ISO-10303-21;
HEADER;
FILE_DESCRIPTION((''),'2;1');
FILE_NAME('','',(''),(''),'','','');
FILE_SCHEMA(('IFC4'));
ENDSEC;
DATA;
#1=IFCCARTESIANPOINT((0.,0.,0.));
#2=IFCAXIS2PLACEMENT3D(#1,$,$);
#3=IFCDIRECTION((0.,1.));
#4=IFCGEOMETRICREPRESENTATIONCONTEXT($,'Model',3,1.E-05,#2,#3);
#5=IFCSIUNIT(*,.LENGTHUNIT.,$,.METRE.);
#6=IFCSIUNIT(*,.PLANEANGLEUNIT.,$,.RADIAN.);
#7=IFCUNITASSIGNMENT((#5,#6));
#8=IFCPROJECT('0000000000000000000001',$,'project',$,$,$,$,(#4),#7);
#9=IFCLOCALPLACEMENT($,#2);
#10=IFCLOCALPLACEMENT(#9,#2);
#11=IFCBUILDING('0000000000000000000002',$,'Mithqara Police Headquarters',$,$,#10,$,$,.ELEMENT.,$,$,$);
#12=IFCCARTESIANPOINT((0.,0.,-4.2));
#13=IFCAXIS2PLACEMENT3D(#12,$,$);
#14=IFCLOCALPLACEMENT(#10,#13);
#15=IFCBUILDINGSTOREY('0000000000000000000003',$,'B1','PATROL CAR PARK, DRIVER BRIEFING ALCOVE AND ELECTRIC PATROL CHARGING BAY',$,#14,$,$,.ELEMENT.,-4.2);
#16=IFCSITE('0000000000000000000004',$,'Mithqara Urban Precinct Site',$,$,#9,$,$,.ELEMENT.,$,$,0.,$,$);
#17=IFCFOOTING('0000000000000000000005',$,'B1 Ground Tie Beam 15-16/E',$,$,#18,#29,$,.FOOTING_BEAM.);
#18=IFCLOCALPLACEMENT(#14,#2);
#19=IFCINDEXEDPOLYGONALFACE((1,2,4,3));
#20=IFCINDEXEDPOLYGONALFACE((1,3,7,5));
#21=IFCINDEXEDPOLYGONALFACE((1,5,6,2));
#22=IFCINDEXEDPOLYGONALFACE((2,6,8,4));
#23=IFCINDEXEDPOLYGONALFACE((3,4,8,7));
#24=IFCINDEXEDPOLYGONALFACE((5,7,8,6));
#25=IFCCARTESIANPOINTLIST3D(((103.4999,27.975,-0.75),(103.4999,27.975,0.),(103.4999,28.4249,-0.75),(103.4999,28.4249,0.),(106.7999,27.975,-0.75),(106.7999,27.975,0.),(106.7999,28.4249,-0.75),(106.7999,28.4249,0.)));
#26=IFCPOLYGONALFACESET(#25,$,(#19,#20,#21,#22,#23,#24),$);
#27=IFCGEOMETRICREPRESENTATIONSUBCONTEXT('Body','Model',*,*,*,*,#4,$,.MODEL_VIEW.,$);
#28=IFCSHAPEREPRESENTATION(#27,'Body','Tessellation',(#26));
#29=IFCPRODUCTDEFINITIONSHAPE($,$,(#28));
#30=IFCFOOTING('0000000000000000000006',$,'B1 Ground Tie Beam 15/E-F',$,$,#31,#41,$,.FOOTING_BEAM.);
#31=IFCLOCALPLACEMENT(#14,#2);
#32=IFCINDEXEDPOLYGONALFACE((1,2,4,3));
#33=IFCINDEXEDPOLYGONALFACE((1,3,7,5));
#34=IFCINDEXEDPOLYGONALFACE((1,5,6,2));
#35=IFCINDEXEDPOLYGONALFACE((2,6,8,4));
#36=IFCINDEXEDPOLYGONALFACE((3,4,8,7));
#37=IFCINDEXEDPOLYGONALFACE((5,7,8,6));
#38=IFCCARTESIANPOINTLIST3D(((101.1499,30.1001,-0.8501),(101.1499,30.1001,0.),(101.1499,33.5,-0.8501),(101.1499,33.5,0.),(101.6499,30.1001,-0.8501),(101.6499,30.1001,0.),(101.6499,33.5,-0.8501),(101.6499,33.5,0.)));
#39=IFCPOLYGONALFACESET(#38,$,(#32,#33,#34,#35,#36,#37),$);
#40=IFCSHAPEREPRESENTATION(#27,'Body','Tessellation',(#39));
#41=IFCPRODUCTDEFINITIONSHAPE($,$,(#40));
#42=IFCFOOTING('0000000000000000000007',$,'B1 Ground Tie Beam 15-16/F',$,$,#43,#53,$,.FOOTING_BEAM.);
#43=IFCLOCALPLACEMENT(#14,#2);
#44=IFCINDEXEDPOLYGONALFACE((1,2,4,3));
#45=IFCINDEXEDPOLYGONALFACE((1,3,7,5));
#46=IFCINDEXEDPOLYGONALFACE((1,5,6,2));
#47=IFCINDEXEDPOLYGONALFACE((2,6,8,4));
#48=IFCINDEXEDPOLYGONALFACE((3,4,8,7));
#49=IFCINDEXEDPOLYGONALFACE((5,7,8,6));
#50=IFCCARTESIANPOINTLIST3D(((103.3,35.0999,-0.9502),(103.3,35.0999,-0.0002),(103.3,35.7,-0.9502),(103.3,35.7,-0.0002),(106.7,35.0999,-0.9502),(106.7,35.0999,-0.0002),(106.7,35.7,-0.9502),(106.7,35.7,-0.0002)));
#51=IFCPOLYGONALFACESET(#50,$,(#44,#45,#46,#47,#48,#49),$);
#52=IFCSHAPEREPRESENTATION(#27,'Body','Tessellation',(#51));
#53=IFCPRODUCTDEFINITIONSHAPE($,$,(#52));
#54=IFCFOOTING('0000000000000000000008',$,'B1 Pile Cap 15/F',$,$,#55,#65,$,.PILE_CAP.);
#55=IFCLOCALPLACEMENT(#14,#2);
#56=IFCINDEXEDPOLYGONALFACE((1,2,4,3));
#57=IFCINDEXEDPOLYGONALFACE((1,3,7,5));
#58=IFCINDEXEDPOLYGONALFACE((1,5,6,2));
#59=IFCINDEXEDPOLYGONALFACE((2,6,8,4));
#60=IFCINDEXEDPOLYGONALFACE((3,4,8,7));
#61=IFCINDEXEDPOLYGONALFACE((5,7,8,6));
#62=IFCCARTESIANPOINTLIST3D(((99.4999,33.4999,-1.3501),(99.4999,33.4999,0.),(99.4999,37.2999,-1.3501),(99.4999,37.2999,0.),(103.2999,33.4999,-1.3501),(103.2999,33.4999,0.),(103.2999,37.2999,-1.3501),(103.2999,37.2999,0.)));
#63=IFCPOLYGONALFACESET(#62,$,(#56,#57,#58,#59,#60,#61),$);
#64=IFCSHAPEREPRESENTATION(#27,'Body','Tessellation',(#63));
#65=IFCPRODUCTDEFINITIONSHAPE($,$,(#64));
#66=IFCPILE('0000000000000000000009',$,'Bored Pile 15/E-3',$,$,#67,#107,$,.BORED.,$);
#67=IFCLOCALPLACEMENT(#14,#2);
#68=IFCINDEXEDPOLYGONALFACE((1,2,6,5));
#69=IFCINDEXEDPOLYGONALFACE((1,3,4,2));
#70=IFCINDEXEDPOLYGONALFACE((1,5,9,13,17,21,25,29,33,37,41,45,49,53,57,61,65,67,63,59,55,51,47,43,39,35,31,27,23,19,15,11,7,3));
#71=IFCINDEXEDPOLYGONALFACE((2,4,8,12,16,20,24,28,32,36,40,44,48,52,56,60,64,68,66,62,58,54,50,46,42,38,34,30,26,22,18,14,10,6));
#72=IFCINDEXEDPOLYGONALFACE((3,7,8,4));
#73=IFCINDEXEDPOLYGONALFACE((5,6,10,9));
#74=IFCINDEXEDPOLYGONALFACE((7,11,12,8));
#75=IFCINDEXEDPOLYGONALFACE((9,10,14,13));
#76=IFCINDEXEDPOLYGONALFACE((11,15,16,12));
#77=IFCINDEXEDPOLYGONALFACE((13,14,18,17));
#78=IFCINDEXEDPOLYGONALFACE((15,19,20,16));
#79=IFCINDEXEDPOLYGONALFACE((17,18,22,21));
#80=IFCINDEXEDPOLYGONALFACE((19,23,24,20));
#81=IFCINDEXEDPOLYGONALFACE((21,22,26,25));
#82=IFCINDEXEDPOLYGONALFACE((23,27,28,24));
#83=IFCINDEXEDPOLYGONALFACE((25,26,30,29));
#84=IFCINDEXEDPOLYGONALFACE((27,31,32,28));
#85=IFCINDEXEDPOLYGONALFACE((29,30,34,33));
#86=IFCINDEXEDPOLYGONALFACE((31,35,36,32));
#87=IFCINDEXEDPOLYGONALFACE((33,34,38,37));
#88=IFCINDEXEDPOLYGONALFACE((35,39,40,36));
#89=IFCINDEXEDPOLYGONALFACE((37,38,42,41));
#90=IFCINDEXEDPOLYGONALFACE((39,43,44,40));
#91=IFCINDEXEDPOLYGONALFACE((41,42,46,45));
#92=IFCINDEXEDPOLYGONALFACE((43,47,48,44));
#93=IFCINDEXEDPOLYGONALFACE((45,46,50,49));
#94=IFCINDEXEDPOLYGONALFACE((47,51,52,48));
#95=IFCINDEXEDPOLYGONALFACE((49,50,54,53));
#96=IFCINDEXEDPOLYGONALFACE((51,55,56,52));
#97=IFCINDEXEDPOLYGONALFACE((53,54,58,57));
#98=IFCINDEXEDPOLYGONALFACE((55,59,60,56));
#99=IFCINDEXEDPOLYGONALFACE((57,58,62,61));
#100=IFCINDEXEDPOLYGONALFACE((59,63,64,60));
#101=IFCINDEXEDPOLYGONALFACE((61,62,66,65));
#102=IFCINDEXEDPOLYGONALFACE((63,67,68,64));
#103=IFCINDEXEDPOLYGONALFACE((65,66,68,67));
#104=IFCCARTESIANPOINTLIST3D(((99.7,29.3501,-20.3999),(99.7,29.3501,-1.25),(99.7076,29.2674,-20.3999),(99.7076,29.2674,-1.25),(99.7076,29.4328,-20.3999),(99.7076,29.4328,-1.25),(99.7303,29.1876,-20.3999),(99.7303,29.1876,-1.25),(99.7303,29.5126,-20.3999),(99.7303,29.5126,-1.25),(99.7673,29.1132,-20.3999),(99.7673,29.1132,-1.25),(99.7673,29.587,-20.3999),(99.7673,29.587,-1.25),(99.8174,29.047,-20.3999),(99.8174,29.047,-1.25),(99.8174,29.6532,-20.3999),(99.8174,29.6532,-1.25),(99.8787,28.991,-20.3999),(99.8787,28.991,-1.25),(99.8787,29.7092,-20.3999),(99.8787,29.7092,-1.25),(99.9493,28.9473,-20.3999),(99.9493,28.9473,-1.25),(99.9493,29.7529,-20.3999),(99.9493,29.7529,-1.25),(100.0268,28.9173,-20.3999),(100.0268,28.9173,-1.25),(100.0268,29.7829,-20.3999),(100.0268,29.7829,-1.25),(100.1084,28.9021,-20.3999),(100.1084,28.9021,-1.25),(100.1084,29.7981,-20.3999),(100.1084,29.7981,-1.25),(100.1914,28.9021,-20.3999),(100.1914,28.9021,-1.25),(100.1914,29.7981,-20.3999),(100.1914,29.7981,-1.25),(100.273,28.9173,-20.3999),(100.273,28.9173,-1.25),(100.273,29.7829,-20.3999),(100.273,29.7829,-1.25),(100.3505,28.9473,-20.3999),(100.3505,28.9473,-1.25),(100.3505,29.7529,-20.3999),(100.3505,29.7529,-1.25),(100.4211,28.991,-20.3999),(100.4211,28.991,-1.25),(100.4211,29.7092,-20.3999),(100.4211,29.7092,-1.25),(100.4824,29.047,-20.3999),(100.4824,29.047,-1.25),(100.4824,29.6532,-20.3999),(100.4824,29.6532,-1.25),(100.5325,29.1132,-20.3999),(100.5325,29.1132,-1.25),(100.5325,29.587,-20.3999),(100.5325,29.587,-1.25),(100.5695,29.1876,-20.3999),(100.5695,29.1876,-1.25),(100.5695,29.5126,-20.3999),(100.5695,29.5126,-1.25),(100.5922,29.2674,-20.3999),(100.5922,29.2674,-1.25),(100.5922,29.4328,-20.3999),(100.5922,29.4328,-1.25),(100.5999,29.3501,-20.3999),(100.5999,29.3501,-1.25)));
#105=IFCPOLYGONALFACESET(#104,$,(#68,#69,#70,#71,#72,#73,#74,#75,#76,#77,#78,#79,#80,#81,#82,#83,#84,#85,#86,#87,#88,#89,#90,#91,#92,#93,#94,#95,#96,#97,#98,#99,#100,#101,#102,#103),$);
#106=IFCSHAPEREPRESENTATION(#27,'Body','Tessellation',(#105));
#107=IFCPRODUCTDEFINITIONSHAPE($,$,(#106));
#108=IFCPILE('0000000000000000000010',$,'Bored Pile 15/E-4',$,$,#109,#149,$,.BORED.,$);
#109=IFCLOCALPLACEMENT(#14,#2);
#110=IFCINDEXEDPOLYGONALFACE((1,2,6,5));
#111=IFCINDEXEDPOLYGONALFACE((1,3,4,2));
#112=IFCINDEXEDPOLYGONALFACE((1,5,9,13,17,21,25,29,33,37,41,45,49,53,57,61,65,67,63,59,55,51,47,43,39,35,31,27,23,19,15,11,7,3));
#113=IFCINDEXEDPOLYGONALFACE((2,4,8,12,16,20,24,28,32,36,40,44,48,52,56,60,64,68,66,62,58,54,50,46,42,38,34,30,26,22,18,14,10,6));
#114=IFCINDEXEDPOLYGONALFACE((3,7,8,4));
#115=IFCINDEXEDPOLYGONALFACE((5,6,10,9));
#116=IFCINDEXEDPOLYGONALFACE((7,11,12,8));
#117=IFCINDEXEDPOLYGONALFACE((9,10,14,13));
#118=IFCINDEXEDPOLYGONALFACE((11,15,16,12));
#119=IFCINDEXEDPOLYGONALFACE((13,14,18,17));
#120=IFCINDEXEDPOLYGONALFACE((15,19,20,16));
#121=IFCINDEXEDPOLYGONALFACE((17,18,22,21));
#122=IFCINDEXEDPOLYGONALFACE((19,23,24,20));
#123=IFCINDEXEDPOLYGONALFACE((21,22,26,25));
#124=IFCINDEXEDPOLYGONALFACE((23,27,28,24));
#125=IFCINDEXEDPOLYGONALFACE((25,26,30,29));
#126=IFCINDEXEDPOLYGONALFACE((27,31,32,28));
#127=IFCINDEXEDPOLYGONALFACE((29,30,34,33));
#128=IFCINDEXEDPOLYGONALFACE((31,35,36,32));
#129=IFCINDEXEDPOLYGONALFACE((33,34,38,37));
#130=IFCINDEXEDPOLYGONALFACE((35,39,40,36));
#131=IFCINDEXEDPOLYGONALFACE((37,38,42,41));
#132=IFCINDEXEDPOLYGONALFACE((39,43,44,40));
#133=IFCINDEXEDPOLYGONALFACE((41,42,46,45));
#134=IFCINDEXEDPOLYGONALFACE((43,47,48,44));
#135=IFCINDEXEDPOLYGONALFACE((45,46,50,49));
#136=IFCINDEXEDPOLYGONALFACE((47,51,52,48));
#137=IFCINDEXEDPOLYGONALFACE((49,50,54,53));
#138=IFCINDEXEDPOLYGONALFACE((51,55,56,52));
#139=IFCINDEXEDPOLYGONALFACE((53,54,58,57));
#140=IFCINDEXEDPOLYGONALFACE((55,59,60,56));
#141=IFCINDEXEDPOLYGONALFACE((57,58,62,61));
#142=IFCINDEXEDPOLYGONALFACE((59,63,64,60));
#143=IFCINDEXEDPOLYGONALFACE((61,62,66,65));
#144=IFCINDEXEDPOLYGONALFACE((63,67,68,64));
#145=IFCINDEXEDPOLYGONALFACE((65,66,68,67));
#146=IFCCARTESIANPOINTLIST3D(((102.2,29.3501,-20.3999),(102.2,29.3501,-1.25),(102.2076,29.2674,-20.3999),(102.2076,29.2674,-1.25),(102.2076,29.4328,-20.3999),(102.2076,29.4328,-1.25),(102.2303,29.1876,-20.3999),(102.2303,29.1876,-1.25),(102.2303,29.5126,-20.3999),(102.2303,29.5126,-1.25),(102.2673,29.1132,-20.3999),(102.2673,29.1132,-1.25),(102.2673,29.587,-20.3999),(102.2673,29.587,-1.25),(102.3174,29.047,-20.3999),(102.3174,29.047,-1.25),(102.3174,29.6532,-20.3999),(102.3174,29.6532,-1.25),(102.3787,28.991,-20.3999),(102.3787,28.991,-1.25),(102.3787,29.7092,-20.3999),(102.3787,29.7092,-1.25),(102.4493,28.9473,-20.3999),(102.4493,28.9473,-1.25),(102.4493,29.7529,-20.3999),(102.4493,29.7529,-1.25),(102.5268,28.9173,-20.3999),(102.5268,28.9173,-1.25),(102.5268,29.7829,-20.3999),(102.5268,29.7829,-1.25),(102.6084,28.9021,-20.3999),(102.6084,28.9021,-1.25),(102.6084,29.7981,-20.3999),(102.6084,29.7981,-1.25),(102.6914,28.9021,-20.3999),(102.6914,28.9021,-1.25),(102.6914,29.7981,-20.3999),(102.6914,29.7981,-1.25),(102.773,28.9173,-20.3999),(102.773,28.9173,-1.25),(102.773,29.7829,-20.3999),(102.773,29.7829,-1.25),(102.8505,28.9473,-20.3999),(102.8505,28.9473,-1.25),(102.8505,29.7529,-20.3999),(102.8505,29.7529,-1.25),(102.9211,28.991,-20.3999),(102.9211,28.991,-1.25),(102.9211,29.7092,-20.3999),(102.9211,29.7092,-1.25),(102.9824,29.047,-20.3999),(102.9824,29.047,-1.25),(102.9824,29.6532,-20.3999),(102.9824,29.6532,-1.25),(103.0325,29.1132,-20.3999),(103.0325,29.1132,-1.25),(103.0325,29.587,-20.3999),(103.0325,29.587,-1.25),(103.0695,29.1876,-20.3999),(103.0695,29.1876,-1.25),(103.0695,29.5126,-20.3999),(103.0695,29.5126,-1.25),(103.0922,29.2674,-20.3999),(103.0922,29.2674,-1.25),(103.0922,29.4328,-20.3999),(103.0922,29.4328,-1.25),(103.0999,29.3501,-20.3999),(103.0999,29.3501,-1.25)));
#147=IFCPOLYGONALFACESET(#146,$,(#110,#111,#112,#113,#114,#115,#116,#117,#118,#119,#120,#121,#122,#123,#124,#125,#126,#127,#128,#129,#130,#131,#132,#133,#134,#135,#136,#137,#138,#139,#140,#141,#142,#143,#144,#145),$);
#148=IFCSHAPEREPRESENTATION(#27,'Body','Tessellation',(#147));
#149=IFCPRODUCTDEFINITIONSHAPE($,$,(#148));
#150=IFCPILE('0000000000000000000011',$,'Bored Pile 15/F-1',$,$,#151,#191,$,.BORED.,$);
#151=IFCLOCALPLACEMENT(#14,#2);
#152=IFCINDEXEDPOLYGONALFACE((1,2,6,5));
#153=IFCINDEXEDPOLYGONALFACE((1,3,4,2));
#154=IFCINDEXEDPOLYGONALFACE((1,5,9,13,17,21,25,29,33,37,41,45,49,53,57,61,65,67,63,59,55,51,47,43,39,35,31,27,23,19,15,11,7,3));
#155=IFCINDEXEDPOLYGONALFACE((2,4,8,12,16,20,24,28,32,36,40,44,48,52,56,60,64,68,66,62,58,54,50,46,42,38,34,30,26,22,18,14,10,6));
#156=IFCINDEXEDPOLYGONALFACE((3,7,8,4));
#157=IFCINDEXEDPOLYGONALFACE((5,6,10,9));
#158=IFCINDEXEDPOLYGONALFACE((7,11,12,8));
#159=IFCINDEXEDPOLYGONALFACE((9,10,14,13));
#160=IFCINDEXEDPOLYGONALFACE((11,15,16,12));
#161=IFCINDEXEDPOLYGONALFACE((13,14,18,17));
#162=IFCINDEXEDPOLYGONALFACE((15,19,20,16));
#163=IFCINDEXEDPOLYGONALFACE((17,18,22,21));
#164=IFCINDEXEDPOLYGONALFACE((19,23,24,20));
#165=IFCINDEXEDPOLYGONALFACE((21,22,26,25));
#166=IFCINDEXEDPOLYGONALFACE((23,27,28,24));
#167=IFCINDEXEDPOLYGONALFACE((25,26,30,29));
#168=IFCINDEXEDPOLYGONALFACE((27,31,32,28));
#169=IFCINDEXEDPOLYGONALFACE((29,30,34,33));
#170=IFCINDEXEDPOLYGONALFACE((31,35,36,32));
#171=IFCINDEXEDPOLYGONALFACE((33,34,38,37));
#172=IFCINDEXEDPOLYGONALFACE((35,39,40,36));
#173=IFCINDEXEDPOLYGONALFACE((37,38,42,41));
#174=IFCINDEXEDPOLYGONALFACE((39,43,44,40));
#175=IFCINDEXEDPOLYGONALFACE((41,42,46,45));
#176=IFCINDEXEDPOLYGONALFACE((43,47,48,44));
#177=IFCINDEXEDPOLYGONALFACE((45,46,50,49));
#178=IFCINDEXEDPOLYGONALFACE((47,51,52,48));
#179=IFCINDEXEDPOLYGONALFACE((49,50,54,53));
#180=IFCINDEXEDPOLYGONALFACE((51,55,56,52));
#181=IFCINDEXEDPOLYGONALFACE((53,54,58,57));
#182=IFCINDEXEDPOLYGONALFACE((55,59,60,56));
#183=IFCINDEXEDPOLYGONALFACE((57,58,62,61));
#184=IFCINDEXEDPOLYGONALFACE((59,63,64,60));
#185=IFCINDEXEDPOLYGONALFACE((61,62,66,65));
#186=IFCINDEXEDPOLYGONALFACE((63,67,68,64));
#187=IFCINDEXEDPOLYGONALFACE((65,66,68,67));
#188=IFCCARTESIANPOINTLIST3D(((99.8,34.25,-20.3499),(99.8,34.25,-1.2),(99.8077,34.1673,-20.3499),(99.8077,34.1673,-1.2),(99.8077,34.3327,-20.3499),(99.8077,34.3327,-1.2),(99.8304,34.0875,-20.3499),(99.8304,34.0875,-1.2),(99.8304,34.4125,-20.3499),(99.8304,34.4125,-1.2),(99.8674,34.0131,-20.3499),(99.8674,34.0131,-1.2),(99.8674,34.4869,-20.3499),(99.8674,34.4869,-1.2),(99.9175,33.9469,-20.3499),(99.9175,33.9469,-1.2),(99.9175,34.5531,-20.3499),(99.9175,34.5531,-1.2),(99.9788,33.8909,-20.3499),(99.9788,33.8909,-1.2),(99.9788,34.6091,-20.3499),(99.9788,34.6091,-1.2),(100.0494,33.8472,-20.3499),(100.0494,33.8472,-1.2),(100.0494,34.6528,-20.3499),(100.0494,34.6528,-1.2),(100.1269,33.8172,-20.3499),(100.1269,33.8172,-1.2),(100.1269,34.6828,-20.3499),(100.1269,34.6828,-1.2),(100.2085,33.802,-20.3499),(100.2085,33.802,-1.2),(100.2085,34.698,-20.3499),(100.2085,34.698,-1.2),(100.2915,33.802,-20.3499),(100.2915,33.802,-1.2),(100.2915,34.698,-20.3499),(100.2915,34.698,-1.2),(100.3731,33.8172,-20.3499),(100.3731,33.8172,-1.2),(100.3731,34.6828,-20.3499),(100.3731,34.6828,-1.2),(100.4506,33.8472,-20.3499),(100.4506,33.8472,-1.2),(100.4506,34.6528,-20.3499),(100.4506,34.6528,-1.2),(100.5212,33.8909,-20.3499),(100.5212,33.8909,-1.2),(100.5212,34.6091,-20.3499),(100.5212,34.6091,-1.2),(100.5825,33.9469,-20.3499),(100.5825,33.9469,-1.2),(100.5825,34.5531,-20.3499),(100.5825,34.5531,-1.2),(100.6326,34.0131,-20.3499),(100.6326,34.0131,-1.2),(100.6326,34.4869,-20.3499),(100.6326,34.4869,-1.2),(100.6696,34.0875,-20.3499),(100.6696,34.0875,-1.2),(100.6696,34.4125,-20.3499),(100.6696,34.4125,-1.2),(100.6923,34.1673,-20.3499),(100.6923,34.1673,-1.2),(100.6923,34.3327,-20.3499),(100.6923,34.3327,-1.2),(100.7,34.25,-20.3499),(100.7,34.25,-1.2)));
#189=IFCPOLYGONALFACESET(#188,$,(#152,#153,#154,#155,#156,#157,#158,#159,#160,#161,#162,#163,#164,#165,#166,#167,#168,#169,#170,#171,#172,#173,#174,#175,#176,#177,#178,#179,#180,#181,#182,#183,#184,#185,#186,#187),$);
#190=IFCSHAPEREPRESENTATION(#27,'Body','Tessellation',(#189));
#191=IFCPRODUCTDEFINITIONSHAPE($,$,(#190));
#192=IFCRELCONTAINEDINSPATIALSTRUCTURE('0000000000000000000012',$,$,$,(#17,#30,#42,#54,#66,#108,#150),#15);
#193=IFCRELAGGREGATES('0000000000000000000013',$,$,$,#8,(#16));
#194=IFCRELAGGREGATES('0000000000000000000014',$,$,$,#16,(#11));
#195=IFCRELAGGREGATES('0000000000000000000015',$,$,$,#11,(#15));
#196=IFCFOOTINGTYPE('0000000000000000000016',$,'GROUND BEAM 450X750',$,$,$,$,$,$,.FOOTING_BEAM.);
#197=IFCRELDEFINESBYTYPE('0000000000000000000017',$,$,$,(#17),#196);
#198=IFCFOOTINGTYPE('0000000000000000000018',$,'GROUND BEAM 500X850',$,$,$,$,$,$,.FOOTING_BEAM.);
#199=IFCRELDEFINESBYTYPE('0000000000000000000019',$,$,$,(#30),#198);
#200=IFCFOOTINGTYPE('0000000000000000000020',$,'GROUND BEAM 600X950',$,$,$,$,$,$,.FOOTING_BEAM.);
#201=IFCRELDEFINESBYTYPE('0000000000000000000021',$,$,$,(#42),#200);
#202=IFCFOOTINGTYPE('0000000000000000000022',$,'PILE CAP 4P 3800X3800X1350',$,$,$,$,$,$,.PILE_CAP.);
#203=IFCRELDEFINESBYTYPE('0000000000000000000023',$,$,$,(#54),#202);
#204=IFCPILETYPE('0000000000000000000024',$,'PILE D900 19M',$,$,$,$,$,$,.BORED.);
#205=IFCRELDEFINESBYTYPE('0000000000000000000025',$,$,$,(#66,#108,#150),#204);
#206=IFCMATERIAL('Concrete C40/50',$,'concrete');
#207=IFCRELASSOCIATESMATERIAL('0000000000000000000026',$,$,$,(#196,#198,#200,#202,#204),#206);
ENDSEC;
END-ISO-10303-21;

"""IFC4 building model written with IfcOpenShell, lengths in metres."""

from ifc_helpers import new_model, si_unit, direction, frame, origin, origin_2d, place, context, subcontext, project, spatial, rectangle, circle, extrude, material, material_profile, profile_set, type_object, element, save


model = new_model("IFC4")

# Units and contexts
model_context = context("Model", 3, precision=1e-05, world=origin(), true_north=direction((0.0, 1.0)))
body_context = subcontext(model_context, "Body", "Model", "MODEL_VIEW")
ifc_project = project(units=[si_unit("LENGTHUNIT", "METRE"), si_unit("PLANEANGLEUNIT", "RADIAN")], contexts=[model_context])

# Site, building, storey
site_placement = place(None, origin())
site = spatial("IfcSite", under=ifc_project, at=site_placement, Name="Mithqara Urban Precinct Site", CompositionType="ELEMENT", RefElevation=0.0)
building_placement = place(site_placement, origin())
building = spatial("IfcBuilding", under=site, at=building_placement, Name="Mithqara Police Headquarters", CompositionType="ELEMENT")
storey_placement = place(building_placement, frame((0.0, 0.0, -4.2)))
storey = spatial("IfcBuildingStorey", under=building, at=storey_placement, Name="B1", Description="PATROL CAR PARK, DRIVER BRIEFING ALCOVE AND ELECTRIC PATROL CHARGING BAY", CompositionType="ELEMENT", Elevation=-4.2)

# Footings
ifc_material_1 = material(Name="Concrete C40/50", Category="concrete")
footing_type_1 = type_object("IfcFootingType", Name="GROUND BEAM 450X750", PredefinedType="FOOTING_BEAM", material=ifc_material_1)
footing_1_placement = place(storey_placement, frame((105.1499, 28.2, -0.75), z_axis=(0.0, 0.0, 1.0), x_axis=(1.0, 0.0, 0.0)))
element("IfcFooting", 1, at=footing_1_placement, inside=storey, type_object=footing_type_1, Name="B1 Ground Tie Beam 15-16/E", PredefinedType="FOOTING_BEAM", context=body_context, shape_type="SweptSolid", body=[
    extrude(rectangle(XDim=3.3, YDim=0.45, at=origin_2d()), origin(), (0.0, 0.0, 1.0), 0.75),
])
footing_type_2 = type_object("IfcFootingType", Name="GROUND BEAM 500X850", PredefinedType="FOOTING_BEAM", material=ifc_material_1)
footing_2_placement = place(storey_placement, frame((101.3999, 31.8, -0.8501), z_axis=(0.0, 0.0, 1.0), x_axis=(1.0, 0.0, 0.0)))
element("IfcFooting", 2, at=footing_2_placement, inside=storey, type_object=footing_type_2, Name="B1 Ground Tie Beam 15/E-F", PredefinedType="FOOTING_BEAM", context=body_context, shape_type="SweptSolid", body=[
    extrude(rectangle(XDim=0.5, YDim=3.3999, at=origin_2d()), origin(), (0.0, 0.0, 1.0), 0.8501),
])
footing_type_3 = type_object("IfcFootingType", Name="GROUND BEAM 600X950", PredefinedType="FOOTING_BEAM", material=ifc_material_1)
footing_3_placement = place(storey_placement, frame((105.0, 35.3999, -0.9502), z_axis=(0.0, 0.0, 1.0), x_axis=(1.0, 0.0, 0.0)))
element("IfcFooting", 3, at=footing_3_placement, inside=storey, type_object=footing_type_3, Name="B1 Ground Tie Beam 15-16/F", PredefinedType="FOOTING_BEAM", context=body_context, shape_type="SweptSolid", body=[
    extrude(rectangle(XDim=3.3999, YDim=0.6001, at=origin_2d()), origin(), (0.0, 0.0, 1.0), 0.95),
])
footing_type_4 = type_object("IfcFootingType", Name="PILE CAP 4P 3800X3800X1350", PredefinedType="PILE_CAP", material=ifc_material_1)
footing_4_placement = place(storey_placement, frame((101.3999, 35.3999, -1.3501), z_axis=(0.0, 0.0, 1.0), x_axis=(1.0, 0.0, 0.0)))
element("IfcFooting", 4, at=footing_4_placement, inside=storey, type_object=footing_type_4, Name="B1 Pile Cap 15/F", PredefinedType="PILE_CAP", context=body_context, shape_type="SweptSolid", body=[
    extrude(rectangle(XDim=3.8, YDim=3.8, at=origin_2d()), origin(), (0.0, 0.0, 1.0), 1.3501),
])

# Piles
ifc_material_profile_1 = material_profile(ifc_material_1, circle(Radius=0.45, at=origin_2d()), Name="PILE D900")
ifc_profile_set_1 = profile_set([ifc_material_profile_1], Name="Concrete C40/50")
pile_type = type_object("IfcPileType", Name="PILE D900 19M", PredefinedType="BORED", material=ifc_profile_set_1)
for number, where, z_axis, x_axis, name in (
    (5, (100.1499, 29.3501, -1.25), (0.0, 0.0, -1.0), (1.0, 0.0, 0.0), "Bored Pile 15/E-3"),
    (6, (102.6499, 29.3501, -1.25), (0.0, 0.0, -1.0), (1.0, 0.0, 0.0), "Bored Pile 15/E-4"),
    (7, (100.25, 34.25, -1.2), (0.0, 0.0, -1.0), (1.0, 0.0, 0.0), "Bored Pile 15/F-1"),
):
    element("IfcPile", number, at=place(storey_placement, frame(where, z_axis=z_axis, x_axis=x_axis)), inside=storey, type_object=pile_type, Name=name, PredefinedType="BORED", context=body_context, shape_type="SweptSolid", body=[
        extrude(circle(Radius=0.45, at=origin_2d()), origin(), (0.0, 0.0, 1.0), 19.1499),
    ])

save(model, "model.ifc")
